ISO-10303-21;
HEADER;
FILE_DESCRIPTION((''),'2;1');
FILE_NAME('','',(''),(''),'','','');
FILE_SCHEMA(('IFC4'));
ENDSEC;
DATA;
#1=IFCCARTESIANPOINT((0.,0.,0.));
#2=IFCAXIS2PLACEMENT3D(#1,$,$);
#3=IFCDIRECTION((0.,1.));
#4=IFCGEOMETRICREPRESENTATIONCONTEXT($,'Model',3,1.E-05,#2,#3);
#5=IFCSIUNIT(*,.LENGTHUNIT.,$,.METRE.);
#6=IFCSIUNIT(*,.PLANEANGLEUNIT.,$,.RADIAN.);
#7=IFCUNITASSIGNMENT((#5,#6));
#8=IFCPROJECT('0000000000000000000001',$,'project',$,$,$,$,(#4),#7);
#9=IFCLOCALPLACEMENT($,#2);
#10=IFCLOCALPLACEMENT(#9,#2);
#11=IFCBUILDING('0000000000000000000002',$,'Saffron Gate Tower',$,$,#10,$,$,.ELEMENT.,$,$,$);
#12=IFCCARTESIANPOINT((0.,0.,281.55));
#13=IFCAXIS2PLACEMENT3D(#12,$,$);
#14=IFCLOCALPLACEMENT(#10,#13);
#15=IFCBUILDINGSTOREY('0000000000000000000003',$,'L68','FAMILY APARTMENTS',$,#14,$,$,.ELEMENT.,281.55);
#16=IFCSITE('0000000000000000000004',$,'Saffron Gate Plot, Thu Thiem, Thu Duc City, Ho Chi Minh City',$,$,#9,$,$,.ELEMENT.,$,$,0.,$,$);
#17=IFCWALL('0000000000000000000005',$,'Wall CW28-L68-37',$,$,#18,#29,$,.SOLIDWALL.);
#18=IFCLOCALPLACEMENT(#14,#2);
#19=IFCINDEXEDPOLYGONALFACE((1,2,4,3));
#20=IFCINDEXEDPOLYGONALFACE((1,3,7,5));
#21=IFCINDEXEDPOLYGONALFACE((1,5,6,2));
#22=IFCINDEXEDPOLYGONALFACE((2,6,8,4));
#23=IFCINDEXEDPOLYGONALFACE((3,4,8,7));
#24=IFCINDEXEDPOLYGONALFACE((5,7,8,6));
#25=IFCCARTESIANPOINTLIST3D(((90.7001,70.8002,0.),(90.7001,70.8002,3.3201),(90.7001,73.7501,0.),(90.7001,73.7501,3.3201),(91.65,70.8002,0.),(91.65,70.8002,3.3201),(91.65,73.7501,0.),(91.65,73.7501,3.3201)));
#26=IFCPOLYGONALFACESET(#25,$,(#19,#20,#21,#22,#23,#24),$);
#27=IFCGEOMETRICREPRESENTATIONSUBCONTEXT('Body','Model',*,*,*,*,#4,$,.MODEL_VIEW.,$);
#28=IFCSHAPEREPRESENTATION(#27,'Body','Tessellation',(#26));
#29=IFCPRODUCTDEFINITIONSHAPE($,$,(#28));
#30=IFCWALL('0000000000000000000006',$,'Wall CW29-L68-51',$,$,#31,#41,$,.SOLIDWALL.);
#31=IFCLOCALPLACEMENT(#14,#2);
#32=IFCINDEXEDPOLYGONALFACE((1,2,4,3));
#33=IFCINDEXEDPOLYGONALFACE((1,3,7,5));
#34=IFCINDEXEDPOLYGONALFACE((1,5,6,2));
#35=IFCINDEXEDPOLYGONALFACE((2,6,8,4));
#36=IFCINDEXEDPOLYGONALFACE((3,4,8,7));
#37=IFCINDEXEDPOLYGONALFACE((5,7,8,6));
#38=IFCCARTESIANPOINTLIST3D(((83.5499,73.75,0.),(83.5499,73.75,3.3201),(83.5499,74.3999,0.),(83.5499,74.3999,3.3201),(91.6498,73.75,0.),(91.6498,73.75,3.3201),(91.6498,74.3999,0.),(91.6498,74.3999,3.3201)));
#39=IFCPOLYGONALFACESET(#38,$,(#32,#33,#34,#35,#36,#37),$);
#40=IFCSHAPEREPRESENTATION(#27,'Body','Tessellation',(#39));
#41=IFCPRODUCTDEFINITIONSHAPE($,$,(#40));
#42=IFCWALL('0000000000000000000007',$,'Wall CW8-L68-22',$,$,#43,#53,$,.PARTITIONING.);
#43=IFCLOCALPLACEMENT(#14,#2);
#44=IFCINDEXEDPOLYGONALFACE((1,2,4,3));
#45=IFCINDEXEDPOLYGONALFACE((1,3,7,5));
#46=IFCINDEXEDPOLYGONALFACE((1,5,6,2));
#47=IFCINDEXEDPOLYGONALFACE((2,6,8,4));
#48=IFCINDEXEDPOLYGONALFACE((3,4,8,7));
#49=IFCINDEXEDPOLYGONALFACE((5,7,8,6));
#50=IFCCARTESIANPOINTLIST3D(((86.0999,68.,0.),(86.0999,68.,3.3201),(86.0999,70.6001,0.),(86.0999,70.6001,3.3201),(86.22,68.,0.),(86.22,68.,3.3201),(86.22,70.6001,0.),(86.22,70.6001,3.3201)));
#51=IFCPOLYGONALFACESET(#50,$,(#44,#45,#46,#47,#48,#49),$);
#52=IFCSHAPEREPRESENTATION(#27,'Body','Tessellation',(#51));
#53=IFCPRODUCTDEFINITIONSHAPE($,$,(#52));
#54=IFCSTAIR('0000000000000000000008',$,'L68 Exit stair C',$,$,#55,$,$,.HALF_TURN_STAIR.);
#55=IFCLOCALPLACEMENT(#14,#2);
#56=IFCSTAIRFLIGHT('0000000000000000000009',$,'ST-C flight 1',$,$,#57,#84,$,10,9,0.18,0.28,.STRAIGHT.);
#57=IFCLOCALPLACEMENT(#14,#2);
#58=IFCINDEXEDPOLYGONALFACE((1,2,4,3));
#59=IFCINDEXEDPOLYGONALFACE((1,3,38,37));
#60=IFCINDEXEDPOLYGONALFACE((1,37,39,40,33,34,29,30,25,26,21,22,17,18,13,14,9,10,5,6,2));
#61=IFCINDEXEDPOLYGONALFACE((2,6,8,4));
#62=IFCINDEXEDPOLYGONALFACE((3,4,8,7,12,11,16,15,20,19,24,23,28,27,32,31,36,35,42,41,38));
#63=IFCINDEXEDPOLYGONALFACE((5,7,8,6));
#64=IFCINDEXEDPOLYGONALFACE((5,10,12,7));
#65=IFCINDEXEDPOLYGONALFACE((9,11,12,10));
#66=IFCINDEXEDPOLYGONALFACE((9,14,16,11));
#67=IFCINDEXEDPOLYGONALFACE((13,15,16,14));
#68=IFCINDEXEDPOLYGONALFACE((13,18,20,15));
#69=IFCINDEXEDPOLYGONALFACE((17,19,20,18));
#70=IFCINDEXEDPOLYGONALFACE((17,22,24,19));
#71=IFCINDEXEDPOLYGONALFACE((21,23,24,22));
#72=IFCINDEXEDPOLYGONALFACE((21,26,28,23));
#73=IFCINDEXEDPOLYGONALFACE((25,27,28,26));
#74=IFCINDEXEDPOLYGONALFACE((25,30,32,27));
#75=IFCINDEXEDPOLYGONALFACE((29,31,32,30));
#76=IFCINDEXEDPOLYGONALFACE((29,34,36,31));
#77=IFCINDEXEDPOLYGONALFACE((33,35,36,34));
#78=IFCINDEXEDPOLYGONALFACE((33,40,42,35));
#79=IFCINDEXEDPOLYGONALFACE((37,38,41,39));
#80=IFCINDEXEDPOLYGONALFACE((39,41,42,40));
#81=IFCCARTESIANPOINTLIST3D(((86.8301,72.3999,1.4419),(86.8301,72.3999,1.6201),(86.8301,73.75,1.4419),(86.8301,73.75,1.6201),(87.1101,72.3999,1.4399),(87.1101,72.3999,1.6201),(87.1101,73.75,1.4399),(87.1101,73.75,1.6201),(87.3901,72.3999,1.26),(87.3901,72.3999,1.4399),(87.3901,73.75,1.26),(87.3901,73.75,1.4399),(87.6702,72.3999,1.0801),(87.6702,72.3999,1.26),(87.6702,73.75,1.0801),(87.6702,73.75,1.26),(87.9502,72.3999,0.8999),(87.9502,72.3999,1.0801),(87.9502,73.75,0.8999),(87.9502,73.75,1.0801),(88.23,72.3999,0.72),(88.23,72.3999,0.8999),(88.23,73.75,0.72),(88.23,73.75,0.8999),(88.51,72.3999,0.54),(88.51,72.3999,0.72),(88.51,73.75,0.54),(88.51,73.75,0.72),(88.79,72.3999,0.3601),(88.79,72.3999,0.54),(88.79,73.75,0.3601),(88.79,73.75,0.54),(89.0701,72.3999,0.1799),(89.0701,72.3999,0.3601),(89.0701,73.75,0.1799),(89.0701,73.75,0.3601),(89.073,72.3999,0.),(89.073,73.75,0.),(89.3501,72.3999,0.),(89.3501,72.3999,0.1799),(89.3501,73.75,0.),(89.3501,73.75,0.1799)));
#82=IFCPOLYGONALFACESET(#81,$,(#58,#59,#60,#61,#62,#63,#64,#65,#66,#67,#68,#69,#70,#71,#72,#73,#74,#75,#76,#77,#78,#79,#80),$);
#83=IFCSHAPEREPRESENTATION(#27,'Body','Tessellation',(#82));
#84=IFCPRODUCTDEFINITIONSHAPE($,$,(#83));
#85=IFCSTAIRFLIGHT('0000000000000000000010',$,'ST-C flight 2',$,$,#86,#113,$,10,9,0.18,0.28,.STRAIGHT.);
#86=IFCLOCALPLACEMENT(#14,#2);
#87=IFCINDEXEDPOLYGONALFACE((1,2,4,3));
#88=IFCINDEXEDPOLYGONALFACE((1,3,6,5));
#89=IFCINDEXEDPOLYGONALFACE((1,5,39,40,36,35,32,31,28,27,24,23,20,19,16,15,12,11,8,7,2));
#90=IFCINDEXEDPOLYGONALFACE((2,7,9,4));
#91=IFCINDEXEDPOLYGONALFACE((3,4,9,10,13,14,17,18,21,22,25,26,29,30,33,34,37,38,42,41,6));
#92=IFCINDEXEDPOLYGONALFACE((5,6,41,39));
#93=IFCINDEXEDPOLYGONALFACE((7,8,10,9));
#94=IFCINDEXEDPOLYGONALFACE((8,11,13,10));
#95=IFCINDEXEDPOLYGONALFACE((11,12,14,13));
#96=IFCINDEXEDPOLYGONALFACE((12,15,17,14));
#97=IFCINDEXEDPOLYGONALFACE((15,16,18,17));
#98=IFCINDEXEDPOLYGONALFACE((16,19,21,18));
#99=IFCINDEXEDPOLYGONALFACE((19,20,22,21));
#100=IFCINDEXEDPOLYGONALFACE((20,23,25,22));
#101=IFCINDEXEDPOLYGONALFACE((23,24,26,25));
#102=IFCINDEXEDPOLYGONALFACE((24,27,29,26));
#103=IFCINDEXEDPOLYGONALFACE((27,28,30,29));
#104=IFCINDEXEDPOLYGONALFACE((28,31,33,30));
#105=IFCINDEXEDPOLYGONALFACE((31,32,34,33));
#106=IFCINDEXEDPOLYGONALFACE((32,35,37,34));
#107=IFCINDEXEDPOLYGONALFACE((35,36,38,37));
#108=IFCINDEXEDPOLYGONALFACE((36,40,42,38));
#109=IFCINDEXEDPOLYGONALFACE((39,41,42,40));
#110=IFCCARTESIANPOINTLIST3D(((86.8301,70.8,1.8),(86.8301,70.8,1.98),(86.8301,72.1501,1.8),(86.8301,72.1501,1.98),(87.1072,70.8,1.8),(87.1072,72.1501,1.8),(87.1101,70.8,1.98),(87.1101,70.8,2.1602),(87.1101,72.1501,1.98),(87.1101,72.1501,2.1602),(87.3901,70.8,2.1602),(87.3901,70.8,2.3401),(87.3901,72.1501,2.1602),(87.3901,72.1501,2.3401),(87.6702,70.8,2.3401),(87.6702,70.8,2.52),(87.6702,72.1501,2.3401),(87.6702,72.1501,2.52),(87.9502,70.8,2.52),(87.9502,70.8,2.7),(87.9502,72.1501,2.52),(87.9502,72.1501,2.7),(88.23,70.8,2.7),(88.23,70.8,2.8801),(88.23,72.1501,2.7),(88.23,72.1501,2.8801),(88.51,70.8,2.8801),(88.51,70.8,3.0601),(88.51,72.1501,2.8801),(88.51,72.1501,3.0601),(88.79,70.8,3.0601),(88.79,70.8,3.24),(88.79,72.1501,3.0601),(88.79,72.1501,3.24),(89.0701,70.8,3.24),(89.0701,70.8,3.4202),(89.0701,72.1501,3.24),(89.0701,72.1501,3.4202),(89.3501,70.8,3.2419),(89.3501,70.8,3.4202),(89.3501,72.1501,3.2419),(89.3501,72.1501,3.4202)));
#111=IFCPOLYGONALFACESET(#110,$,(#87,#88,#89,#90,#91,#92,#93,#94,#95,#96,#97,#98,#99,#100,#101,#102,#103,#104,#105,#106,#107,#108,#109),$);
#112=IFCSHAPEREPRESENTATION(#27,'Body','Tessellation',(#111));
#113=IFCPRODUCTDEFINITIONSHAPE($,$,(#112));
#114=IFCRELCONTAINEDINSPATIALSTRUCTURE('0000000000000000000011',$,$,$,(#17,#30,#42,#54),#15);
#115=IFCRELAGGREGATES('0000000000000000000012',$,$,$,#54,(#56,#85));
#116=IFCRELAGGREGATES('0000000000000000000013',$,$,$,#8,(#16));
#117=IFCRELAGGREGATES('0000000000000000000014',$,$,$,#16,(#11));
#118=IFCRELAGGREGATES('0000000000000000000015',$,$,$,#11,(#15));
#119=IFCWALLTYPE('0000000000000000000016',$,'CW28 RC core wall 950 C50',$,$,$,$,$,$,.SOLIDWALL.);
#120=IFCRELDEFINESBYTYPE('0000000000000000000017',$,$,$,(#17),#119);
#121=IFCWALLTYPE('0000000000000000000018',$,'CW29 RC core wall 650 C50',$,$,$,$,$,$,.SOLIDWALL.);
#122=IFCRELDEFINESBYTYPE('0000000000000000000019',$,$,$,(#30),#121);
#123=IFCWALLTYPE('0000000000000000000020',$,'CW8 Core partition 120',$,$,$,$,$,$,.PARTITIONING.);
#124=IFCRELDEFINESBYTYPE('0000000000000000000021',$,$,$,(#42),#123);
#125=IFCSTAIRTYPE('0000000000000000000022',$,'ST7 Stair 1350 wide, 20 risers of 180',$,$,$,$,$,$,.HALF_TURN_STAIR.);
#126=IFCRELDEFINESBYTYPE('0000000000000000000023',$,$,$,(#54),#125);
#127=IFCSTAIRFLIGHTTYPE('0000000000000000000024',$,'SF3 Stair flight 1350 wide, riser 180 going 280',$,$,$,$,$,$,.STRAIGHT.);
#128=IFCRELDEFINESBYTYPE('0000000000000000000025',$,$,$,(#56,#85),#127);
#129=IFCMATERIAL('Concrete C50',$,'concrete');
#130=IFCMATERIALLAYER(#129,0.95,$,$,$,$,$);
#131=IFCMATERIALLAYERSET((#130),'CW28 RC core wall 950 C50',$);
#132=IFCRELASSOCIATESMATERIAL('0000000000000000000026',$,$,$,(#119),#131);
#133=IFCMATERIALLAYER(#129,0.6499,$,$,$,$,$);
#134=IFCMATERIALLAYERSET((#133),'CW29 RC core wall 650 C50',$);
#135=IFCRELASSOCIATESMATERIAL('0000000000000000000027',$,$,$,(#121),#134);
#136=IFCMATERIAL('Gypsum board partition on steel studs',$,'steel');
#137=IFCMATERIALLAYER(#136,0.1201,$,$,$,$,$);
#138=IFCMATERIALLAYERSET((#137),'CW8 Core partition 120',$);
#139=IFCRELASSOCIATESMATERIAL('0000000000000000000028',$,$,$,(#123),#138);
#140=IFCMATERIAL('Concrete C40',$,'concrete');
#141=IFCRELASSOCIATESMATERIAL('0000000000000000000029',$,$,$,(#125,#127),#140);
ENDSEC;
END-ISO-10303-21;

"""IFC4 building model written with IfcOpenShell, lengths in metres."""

from ifc_helpers import new_model, si_unit, direction, frame, frame_2d, origin, place, context, subcontext, project, spatial, polyline, rectangle, outline, extrude, material, layer, layer_set, type_object, element, aggregate, save


model = new_model("IFC4")

# Units and contexts
model_context = context("Model", 3, precision=1e-05, world=origin(), true_north=direction((0.0, 1.0)))
body_context = subcontext(model_context, "Body", "Model", "MODEL_VIEW")
ifc_project = project(units=[si_unit("LENGTHUNIT", "METRE"), si_unit("PLANEANGLEUNIT", "RADIAN")], contexts=[model_context])

# Site, building, storey
site_placement = place(None, origin())
site = spatial("IfcSite", under=ifc_project, at=site_placement, Name="Saffron Gate Plot, Thu Thiem, Thu Duc City, Ho Chi Minh City", CompositionType="ELEMENT", RefElevation=0.0)
building_placement = place(site_placement, origin())
building = spatial("IfcBuilding", under=site, at=building_placement, Name="Saffron Gate Tower", CompositionType="ELEMENT")
storey_placement = place(building_placement, frame((0.0, 0.0, 281.55)))
storey = spatial("IfcBuildingStorey", under=building, at=storey_placement, Name="L68", Description="FAMILY APARTMENTS", CompositionType="ELEMENT", Elevation=281.55)

# Shared definitions
ifc_material_1 = material(Name="Gypsum board partition on steel studs", Category="steel")
ifc_material_2 = material(Name="Concrete C50", Category="concrete")

# Walls
ifc_layer_1 = layer(ifc_material_2, 0.95)
ifc_layer_set_1 = layer_set([ifc_layer_1], Name="CW28 RC core wall 950 C50")
wall_type_1 = type_object("IfcWallType", Name="CW28 RC core wall 950 C50", PredefinedType="SOLIDWALL", material=ifc_layer_set_1)
wall_1_placement = place(storey_placement, frame((91.175, 70.8, 0.0), z_axis=(0.0, 0.0, 1.0), x_axis=(0.0, 1.0, 0.0)))
element("IfcWall", 1, at=wall_1_placement, inside=storey, type_object=wall_type_1, Name="Wall CW28-L68-37", PredefinedType="SOLIDWALL", context=body_context, shape_type="SweptSolid", body=[
    extrude(rectangle(XDim=2.95, YDim=0.95, at=frame_2d((1.4751, 0.0))), origin(), (0.0, 0.0, 1.0), 3.3201),
])
ifc_layer_2 = layer(ifc_material_2, 0.6499)
ifc_layer_set_2 = layer_set([ifc_layer_2], Name="CW29 RC core wall 650 C50")
wall_type_2 = type_object("IfcWallType", Name="CW29 RC core wall 650 C50", PredefinedType="SOLIDWALL", material=ifc_layer_set_2)
wall_2_placement = place(storey_placement, frame((83.55, 74.075, 0.0), z_axis=(0.0, 0.0, 1.0), x_axis=(1.0, 0.0, 0.0)))
element("IfcWall", 2, at=wall_2_placement, inside=storey, type_object=wall_type_2, Name="Wall CW29-L68-51", PredefinedType="SOLIDWALL", context=body_context, shape_type="SweptSolid", body=[
    extrude(rectangle(XDim=8.0999, YDim=0.6499, at=frame_2d((4.0498, 0.0))), origin(), (0.0, 0.0, 1.0), 3.3201),
])
ifc_layer_3 = layer(ifc_material_1, 0.1201)
ifc_layer_set_3 = layer_set([ifc_layer_3], Name="CW8 Core partition 120")
wall_type_3 = type_object("IfcWallType", Name="CW8 Core partition 120", PredefinedType="PARTITIONING", material=ifc_layer_set_3)
wall_3_placement = place(storey_placement, frame((86.1599, 68.0, 0.0), z_axis=(0.0, 0.0, 1.0), x_axis=(0.0, 1.0, 0.0)))
element("IfcWall", 3, at=wall_3_placement, inside=storey, type_object=wall_type_3, Name="Wall CW8-L68-22", PredefinedType="PARTITIONING", context=body_context, shape_type="SweptSolid", body=[
    extrude(rectangle(XDim=2.6001, YDim=0.1201, at=frame_2d((1.3, 0.0))), origin(), (0.0, 0.0, 1.0), 3.3201),
])

# Stair, stair flights
ifc_material_3 = material(Name="Concrete C40", Category="concrete")
stair_type = type_object("IfcStairType", Name="ST7 Stair 1350 wide, 20 risers of 180", PredefinedType="HALF_TURN_STAIR", material=ifc_material_3)
stair_placement = place(storey_placement, origin())
stair = element("IfcStair", 4, at=stair_placement, inside=storey, type_object=stair_type, Name="L68 Exit stair C", PredefinedType="HALF_TURN_STAIR")
stair_flight_type = type_object("IfcStairFlightType", Name="SF3 Stair flight 1350 wide, riser 180 going 280", PredefinedType="STRAIGHT", material=ifc_material_3)
stair_flight_1_placement = place(storey_placement, frame((89.3501, 73.075, 0.0), z_axis=(0.0, 0.0, 1.0), x_axis=(-1.0, 0.0, 0.0)))
stair_flight_1 = element("IfcStairFlight", 5, at=stair_flight_1_placement, type_object=stair_flight_type, Name="ST-C flight 1", NumberOfRisers=10, NumberOfTreads=9, PredefinedType="STRAIGHT", RiserHeight=0.18, TreadLength=0.28, context=body_context, shape_type="SweptSolid", body=[
    extrude(outline(polyline([(0.0, 0.0), (0.0, 0.1799), (0.28, 0.1799), (0.28, 0.3601), (0.5601, 0.3601), (0.5601, 0.54), (0.8401, 0.54), (0.8401, 0.72), (1.1201, 0.72), (1.1201, 0.8999), (1.3999, 0.8999), (1.3999, 1.0801), (1.6799, 1.0801), (1.6799, 1.26), (1.96, 1.26), (1.96, 1.4399), (2.24, 1.4399), (2.24, 1.6201), (2.52, 1.6201), (2.52, 1.8), (2.52, 1.4419), (0.2771, 0.0), (0.0, 0.0)])), frame((0.0, 0.675, 0.0), z_axis=(0.0, -1.0, 0.0), x_axis=(1.0, 0.0, 0.0)), (0.0, 0.0, 1.0), 1.3501),
])
stair_flight_2_placement = place(storey_placement, frame((86.8301, 71.4751, 1.8), z_axis=(0.0, 0.0, 1.0), x_axis=(1.0, 0.0, 0.0)))
stair_flight_2 = element("IfcStairFlight", 6, at=stair_flight_2_placement, type_object=stair_flight_type, Name="ST-C flight 2", NumberOfRisers=10, NumberOfTreads=9, PredefinedType="STRAIGHT", RiserHeight=0.18, TreadLength=0.28, context=body_context, shape_type="SweptSolid", body=[
    extrude(outline(polyline([(0.0, 0.0), (0.0, 0.1799), (0.28, 0.1799), (0.28, 0.3601), (0.5601, 0.3601), (0.5601, 0.54), (0.8401, 0.54), (0.8401, 0.72), (1.1201, 0.72), (1.1201, 0.8999), (1.3999, 0.8999), (1.3999, 1.0801), (1.6799, 1.0801), (1.6799, 1.26), (1.96, 1.26), (1.96, 1.4399), (2.24, 1.4399), (2.24, 1.6201), (2.52, 1.6201), (2.52, 1.8), (2.52, 1.4419), (0.2771, 0.0), (0.0, 0.0)])), frame((0.0, 0.675, 0.0), z_axis=(0.0, -1.0, 0.0), x_axis=(1.0, 0.0, 0.0)), (0.0, 0.0, 1.0), 1.3501),
])
aggregate(stair, [stair_flight_1, stair_flight_2])

save(model, "model.ifc")
